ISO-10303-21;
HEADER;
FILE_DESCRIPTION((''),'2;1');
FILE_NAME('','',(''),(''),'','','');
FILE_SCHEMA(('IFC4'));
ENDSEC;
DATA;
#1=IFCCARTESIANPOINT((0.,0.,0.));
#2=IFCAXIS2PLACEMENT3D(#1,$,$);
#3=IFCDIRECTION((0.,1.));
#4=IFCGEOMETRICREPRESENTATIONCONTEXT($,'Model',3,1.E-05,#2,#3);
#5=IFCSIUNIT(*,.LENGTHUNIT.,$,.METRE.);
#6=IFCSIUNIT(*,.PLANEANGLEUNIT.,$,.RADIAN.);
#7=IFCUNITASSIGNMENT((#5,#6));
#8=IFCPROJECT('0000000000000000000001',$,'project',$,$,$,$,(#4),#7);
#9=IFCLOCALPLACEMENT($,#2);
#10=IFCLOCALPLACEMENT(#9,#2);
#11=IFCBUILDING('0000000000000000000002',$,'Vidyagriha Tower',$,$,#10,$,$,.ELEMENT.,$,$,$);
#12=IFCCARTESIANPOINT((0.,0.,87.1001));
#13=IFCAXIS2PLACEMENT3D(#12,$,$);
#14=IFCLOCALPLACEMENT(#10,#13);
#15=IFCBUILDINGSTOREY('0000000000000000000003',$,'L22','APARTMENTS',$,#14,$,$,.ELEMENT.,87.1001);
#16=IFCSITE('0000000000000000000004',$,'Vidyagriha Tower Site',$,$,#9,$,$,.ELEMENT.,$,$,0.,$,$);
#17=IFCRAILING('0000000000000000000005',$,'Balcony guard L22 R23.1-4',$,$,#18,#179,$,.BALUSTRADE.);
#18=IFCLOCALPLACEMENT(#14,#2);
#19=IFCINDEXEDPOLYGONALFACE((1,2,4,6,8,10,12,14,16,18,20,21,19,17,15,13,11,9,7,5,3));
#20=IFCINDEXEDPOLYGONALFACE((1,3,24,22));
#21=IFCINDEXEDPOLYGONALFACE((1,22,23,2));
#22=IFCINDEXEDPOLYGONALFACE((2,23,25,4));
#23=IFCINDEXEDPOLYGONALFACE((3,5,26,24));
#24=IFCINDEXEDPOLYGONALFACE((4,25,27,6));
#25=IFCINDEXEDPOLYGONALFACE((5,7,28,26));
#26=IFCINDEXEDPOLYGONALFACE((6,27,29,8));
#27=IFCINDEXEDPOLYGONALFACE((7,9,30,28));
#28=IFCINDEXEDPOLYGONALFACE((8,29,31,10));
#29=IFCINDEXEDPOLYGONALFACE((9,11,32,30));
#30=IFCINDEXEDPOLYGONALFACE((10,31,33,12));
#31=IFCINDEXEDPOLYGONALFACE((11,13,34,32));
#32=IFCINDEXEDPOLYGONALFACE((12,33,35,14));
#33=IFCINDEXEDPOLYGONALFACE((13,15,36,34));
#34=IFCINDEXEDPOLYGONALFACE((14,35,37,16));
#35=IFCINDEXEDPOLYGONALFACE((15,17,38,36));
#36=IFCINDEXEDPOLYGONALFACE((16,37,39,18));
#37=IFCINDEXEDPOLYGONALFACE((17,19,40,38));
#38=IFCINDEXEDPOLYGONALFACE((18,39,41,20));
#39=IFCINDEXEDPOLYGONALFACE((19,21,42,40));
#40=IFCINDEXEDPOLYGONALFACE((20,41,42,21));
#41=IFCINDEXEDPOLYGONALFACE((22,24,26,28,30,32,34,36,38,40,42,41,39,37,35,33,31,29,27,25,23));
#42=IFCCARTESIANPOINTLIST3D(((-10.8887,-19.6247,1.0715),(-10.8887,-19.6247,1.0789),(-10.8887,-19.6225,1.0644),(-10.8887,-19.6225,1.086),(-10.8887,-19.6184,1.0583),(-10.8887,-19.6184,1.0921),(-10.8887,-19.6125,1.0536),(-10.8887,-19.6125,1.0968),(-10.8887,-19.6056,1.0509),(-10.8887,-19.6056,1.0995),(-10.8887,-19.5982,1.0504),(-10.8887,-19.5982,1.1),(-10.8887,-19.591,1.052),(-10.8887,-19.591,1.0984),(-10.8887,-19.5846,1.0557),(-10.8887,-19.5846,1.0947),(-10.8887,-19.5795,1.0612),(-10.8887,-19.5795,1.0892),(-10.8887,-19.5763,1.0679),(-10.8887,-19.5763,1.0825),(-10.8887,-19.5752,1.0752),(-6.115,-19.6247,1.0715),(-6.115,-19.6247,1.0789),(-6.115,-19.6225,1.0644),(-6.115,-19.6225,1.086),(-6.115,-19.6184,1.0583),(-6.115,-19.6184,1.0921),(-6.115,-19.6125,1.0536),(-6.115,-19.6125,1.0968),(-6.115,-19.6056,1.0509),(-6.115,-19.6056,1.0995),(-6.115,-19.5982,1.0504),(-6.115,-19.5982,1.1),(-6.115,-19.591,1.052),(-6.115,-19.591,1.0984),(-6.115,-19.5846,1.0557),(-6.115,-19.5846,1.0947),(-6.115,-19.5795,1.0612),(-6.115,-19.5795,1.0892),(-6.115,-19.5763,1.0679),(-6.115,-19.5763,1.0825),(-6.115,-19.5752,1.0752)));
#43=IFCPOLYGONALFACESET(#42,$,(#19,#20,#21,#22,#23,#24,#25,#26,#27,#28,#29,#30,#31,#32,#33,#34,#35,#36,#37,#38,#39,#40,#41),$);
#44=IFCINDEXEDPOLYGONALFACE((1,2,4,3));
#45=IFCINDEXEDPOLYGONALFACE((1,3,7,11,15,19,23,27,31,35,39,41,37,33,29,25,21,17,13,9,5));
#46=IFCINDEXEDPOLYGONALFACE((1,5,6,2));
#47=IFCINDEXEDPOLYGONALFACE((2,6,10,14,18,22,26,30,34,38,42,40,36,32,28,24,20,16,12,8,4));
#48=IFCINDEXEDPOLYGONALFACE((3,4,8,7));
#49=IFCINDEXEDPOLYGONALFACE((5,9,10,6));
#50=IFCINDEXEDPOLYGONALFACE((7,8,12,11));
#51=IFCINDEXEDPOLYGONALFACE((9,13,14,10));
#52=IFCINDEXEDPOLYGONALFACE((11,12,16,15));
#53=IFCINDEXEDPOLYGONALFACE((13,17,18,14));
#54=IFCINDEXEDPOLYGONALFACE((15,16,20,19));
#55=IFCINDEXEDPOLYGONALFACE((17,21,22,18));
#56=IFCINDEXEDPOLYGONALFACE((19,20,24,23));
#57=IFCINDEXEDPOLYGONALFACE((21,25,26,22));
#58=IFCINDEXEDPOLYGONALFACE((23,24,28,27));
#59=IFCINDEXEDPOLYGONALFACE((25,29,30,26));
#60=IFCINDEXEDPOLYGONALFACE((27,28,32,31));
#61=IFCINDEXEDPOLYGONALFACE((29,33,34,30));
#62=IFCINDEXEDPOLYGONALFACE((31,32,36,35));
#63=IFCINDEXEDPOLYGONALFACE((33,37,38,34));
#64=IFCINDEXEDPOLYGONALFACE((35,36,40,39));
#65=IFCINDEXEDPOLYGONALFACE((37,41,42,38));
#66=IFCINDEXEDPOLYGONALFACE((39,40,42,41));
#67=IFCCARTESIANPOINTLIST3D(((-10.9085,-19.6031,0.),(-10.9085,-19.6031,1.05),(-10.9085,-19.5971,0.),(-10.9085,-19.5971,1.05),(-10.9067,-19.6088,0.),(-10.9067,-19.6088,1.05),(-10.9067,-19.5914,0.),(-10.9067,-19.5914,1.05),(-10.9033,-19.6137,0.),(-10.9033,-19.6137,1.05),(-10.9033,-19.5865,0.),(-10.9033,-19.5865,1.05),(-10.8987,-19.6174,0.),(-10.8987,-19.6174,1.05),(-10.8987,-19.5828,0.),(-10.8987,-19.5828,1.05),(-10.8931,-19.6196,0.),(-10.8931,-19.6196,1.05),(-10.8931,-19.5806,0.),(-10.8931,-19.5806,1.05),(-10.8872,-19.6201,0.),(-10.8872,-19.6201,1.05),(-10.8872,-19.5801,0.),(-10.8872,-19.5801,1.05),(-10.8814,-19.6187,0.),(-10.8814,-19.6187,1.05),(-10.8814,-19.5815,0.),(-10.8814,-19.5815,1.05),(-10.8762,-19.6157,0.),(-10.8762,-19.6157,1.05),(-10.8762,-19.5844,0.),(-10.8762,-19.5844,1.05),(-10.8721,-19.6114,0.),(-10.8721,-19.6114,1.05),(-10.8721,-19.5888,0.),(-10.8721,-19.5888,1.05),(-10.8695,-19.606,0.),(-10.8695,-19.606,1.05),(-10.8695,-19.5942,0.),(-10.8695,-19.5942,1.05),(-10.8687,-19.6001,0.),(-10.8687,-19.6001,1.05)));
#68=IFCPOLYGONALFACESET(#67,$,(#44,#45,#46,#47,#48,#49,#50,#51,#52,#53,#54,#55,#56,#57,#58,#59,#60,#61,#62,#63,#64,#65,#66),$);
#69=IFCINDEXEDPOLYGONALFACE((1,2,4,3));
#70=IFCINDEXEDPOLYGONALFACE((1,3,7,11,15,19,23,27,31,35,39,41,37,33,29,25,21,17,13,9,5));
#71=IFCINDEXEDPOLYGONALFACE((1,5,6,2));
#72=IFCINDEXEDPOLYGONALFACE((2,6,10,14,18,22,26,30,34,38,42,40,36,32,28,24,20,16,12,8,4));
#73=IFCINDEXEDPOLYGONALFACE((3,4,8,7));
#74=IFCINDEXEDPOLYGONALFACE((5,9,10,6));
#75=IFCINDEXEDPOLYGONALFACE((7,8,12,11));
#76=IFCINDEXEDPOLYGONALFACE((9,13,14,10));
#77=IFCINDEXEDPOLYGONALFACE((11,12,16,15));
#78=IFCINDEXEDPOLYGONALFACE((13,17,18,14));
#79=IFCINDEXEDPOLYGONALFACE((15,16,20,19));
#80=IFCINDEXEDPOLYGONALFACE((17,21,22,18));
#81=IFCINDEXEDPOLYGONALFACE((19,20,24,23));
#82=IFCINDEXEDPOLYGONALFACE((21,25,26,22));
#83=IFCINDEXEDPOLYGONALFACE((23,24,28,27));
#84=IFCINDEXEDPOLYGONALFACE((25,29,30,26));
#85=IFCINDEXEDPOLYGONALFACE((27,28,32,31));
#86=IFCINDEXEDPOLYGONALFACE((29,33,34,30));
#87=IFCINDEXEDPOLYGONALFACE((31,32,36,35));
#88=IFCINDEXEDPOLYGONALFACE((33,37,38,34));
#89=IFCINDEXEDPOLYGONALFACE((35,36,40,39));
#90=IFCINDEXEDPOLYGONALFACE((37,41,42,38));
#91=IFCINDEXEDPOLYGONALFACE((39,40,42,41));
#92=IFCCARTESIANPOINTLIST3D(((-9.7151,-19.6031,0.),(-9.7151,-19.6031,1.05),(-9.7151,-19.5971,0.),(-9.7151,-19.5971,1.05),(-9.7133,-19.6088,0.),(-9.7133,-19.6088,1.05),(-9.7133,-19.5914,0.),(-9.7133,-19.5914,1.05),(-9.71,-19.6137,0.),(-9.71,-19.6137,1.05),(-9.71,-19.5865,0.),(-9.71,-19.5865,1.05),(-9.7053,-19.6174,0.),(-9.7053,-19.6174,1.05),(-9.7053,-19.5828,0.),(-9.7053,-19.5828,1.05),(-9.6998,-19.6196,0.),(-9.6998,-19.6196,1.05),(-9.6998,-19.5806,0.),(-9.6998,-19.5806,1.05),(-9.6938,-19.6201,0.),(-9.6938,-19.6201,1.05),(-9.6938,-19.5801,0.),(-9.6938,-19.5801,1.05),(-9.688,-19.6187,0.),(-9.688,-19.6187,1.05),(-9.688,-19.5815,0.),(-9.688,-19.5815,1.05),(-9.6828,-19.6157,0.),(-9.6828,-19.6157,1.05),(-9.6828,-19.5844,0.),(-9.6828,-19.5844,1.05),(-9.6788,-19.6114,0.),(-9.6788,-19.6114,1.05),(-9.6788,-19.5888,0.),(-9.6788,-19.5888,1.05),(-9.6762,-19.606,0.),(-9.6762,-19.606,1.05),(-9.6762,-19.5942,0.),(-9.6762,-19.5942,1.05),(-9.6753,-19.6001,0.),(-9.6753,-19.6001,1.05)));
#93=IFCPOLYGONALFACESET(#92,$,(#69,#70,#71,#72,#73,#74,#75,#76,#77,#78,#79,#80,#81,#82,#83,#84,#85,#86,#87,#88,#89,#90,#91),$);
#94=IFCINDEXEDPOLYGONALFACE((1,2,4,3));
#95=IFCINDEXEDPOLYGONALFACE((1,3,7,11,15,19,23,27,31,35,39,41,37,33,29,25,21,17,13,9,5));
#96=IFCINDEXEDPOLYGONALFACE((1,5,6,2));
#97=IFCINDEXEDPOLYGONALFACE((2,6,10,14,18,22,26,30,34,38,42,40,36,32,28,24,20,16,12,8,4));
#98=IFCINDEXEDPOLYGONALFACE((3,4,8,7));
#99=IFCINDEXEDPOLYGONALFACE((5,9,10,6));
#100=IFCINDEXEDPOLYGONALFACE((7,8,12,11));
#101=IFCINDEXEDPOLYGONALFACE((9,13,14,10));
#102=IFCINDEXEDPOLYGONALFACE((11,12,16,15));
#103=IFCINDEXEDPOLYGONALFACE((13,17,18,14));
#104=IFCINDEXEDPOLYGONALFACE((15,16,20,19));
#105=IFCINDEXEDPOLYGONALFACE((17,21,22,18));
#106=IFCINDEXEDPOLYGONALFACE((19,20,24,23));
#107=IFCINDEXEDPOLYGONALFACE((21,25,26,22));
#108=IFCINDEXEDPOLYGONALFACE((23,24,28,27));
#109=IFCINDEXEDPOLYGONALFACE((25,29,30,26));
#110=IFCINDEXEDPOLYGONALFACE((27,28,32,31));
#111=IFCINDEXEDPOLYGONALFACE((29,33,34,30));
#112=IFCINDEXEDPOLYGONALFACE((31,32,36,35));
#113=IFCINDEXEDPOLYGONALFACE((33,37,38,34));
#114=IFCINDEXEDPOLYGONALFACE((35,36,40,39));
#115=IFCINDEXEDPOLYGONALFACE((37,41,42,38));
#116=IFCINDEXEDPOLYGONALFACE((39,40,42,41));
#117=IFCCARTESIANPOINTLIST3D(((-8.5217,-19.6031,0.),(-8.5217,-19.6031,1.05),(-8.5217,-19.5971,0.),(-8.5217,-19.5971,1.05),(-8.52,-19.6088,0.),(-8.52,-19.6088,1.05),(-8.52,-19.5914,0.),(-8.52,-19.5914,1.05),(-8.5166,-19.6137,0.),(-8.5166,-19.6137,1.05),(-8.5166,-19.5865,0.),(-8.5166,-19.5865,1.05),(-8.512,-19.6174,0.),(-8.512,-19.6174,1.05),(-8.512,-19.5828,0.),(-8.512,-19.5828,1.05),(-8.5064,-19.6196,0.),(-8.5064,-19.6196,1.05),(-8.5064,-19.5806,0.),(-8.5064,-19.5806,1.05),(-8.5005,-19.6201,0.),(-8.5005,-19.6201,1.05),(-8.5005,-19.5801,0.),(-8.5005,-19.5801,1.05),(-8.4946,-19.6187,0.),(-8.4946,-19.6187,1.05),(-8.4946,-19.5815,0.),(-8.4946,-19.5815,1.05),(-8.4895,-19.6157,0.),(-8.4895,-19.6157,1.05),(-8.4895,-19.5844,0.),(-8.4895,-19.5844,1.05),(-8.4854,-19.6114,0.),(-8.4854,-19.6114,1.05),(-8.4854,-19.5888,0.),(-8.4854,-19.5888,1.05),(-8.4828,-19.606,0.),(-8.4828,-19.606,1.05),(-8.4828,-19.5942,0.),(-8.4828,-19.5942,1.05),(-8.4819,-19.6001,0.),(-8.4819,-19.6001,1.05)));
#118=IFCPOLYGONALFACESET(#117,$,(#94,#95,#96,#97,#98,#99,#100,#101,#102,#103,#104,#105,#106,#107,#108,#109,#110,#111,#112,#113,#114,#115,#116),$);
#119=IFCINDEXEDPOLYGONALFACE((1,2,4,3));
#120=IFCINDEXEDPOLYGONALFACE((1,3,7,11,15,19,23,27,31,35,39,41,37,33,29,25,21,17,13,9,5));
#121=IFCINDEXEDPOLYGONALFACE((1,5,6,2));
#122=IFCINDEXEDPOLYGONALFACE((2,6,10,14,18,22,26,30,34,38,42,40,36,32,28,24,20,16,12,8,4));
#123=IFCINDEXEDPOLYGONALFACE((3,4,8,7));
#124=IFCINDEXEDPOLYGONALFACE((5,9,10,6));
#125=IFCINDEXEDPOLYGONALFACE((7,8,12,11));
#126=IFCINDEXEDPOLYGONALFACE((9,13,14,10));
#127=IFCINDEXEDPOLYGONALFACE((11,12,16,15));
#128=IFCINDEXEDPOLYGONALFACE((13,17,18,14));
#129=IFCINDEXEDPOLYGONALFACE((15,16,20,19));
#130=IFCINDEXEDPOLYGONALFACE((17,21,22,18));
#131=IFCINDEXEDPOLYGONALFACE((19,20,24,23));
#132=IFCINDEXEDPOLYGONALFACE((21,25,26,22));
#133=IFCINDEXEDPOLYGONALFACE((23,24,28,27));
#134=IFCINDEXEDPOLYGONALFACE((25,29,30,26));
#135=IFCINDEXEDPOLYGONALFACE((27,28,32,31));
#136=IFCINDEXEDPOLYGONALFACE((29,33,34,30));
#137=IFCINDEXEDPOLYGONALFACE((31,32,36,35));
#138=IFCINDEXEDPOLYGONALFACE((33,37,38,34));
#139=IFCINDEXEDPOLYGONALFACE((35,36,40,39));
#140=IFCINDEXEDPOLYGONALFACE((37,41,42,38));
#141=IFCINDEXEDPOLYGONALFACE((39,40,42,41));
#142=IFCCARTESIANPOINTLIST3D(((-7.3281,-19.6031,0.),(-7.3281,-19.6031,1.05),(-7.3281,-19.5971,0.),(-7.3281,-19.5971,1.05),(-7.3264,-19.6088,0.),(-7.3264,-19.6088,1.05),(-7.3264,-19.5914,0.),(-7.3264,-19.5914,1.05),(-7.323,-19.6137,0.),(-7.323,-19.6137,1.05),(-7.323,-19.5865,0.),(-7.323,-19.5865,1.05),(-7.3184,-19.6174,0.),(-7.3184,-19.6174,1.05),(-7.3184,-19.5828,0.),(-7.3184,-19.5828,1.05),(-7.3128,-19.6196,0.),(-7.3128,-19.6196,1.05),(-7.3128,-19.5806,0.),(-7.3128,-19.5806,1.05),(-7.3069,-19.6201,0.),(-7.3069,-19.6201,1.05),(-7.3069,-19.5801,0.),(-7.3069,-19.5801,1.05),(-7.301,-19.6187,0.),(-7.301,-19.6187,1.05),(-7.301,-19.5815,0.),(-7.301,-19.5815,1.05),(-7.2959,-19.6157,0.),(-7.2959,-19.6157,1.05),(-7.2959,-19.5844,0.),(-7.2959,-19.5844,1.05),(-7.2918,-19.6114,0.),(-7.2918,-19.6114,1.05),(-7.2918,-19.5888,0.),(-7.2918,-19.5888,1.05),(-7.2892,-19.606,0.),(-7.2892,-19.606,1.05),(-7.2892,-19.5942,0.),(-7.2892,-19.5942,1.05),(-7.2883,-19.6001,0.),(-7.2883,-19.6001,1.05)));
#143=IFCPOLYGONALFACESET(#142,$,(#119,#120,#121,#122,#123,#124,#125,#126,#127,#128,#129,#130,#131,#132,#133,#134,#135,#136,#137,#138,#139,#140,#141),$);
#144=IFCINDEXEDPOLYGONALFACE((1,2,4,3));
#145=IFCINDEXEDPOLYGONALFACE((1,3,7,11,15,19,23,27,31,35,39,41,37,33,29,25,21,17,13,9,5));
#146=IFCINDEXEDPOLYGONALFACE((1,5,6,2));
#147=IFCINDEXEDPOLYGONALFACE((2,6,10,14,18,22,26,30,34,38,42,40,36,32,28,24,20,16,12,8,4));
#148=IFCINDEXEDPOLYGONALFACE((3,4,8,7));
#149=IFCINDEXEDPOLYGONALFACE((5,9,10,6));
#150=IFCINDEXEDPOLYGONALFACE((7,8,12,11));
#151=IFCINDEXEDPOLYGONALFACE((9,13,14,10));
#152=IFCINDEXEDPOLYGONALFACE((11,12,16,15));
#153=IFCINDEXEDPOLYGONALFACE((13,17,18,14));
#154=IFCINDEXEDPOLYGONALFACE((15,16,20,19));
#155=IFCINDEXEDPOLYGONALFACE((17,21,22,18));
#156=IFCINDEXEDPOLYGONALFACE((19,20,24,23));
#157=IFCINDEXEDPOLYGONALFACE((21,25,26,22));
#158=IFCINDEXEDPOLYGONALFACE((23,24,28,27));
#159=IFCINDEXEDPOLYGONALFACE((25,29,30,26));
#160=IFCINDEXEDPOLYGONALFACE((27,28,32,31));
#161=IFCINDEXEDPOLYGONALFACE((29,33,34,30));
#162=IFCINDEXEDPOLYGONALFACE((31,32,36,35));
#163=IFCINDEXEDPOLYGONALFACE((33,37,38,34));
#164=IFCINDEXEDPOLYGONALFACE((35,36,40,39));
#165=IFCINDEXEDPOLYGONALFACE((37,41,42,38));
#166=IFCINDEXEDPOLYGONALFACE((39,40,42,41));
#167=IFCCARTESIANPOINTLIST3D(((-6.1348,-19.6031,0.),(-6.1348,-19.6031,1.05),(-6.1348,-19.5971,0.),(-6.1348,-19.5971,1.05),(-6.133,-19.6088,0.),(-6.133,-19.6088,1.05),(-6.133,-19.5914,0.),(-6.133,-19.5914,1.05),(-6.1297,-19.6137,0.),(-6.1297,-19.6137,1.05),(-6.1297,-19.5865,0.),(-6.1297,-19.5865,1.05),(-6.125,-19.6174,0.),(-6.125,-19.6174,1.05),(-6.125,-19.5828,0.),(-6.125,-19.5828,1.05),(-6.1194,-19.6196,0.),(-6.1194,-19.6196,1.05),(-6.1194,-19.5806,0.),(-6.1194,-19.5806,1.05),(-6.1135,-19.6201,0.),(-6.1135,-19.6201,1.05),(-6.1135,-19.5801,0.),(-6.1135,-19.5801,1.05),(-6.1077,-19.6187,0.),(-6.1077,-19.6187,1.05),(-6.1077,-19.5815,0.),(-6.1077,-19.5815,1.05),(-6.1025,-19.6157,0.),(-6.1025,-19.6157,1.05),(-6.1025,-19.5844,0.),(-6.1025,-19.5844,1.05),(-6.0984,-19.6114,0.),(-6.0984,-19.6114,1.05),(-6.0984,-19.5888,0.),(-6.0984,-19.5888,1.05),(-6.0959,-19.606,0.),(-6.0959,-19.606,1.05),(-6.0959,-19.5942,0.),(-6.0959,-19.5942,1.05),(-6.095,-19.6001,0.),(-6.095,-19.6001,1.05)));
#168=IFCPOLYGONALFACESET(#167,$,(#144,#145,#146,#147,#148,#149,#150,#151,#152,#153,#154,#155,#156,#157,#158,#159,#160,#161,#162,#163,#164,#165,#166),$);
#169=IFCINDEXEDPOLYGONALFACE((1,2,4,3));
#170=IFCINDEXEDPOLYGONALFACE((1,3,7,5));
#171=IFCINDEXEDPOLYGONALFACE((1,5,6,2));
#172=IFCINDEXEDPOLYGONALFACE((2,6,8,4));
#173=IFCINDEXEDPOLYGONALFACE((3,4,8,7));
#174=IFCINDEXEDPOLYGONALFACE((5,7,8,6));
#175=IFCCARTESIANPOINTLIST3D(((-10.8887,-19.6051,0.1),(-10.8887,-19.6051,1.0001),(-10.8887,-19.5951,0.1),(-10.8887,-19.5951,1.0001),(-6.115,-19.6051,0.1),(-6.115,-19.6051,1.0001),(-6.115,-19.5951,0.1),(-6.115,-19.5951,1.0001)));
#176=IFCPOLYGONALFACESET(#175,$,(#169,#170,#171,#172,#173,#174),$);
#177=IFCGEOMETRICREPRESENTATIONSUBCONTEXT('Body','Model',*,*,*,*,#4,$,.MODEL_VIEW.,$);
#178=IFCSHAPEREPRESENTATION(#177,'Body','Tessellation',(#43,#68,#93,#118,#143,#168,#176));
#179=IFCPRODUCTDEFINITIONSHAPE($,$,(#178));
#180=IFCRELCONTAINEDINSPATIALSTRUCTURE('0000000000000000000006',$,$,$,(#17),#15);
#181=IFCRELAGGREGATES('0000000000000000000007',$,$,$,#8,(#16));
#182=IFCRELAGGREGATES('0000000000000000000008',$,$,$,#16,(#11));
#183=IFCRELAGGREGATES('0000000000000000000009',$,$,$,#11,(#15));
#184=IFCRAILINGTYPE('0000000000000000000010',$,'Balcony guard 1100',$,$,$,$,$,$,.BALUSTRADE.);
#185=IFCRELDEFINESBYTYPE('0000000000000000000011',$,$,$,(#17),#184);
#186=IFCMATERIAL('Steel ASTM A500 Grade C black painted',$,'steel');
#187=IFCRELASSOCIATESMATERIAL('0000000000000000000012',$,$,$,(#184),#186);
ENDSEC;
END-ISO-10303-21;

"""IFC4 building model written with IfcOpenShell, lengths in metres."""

from ifc_helpers import new_model, si_unit, direction, frame, origin, origin_2d, place, context, subcontext, project, spatial, rectangle, circle, extrude, material, type_object, element, save


model = new_model("IFC4")

# Units and contexts
model_context = context("Model", 3, precision=1e-05, world=origin(), true_north=direction((0.0, 1.0)))
body_context = subcontext(model_context, "Body", "Model", "MODEL_VIEW")
ifc_project = project(units=[si_unit("LENGTHUNIT", "METRE"), si_unit("PLANEANGLEUNIT", "RADIAN")], contexts=[model_context])

# Site, building, storey
site_placement = place(None, origin())
site = spatial("IfcSite", under=ifc_project, at=site_placement, Name="Vidyagriha Tower Site", CompositionType="ELEMENT", RefElevation=0.0)
building_placement = place(site_placement, origin())
building = spatial("IfcBuilding", under=site, at=building_placement, Name="Vidyagriha Tower", CompositionType="ELEMENT")
storey_placement = place(building_placement, frame((0.0, 0.0, 87.1001)))
storey = spatial("IfcBuildingStorey", under=building, at=storey_placement, Name="L22", Description="APARTMENTS", CompositionType="ELEMENT", Elevation=87.1001)

# Railing
ifc_material_1 = material(Name="Steel ASTM A500 Grade C black painted", Category="steel")
railing_type = type_object("IfcRailingType", Name="Balcony guard 1100", PredefinedType="BALUSTRADE", material=ifc_material_1)
for number, where, name in (
    (1, (-10.8887, -19.6001, 0.0), "Balcony guard L22 R23.1-4"),
):
    element("IfcRailing", number, at=place(storey_placement, frame(where)), inside=storey, type_object=railing_type, Name=name, PredefinedType="BALUSTRADE", context=body_context, shape_type="SweptSolid", body=[
        extrude(circle(Radius=0.0249, at=origin_2d()), frame((0.0, 0.0, 1.0752), z_axis=(1.0, 0.0, 0.0), x_axis=(0.0, 1.0, 0.0)), (0.0, 0.0, 1.0), 4.7737),
        extrude(circle(Radius=0.02, at=origin_2d()), origin(), (0.0, 0.0, 1.0), 1.05),
        extrude(circle(Radius=0.02, at=origin_2d()), frame((1.1934, 0.0, 0.0)), (0.0, 0.0, 1.0), 1.05),
        extrude(circle(Radius=0.02, at=origin_2d()), frame((2.3867, 0.0, 0.0)), (0.0, 0.0, 1.0), 1.05),
        extrude(circle(Radius=0.02, at=origin_2d()), frame((3.5803, 0.0, 0.0)), (0.0, 0.0, 1.0), 1.05),
        extrude(circle(Radius=0.02, at=origin_2d()), frame((4.7737, 0.0, 0.0)), (0.0, 0.0, 1.0), 1.05),
        extrude(rectangle(XDim=0.01, YDim=0.9001, at=origin_2d()), frame((0.0, 0.0, 0.55), z_axis=(1.0, 0.0, 0.0), x_axis=(0.0, 1.0, 0.0)), (0.0, 0.0, 1.0), 4.7737),
    ])

save(model, "model.ifc")
